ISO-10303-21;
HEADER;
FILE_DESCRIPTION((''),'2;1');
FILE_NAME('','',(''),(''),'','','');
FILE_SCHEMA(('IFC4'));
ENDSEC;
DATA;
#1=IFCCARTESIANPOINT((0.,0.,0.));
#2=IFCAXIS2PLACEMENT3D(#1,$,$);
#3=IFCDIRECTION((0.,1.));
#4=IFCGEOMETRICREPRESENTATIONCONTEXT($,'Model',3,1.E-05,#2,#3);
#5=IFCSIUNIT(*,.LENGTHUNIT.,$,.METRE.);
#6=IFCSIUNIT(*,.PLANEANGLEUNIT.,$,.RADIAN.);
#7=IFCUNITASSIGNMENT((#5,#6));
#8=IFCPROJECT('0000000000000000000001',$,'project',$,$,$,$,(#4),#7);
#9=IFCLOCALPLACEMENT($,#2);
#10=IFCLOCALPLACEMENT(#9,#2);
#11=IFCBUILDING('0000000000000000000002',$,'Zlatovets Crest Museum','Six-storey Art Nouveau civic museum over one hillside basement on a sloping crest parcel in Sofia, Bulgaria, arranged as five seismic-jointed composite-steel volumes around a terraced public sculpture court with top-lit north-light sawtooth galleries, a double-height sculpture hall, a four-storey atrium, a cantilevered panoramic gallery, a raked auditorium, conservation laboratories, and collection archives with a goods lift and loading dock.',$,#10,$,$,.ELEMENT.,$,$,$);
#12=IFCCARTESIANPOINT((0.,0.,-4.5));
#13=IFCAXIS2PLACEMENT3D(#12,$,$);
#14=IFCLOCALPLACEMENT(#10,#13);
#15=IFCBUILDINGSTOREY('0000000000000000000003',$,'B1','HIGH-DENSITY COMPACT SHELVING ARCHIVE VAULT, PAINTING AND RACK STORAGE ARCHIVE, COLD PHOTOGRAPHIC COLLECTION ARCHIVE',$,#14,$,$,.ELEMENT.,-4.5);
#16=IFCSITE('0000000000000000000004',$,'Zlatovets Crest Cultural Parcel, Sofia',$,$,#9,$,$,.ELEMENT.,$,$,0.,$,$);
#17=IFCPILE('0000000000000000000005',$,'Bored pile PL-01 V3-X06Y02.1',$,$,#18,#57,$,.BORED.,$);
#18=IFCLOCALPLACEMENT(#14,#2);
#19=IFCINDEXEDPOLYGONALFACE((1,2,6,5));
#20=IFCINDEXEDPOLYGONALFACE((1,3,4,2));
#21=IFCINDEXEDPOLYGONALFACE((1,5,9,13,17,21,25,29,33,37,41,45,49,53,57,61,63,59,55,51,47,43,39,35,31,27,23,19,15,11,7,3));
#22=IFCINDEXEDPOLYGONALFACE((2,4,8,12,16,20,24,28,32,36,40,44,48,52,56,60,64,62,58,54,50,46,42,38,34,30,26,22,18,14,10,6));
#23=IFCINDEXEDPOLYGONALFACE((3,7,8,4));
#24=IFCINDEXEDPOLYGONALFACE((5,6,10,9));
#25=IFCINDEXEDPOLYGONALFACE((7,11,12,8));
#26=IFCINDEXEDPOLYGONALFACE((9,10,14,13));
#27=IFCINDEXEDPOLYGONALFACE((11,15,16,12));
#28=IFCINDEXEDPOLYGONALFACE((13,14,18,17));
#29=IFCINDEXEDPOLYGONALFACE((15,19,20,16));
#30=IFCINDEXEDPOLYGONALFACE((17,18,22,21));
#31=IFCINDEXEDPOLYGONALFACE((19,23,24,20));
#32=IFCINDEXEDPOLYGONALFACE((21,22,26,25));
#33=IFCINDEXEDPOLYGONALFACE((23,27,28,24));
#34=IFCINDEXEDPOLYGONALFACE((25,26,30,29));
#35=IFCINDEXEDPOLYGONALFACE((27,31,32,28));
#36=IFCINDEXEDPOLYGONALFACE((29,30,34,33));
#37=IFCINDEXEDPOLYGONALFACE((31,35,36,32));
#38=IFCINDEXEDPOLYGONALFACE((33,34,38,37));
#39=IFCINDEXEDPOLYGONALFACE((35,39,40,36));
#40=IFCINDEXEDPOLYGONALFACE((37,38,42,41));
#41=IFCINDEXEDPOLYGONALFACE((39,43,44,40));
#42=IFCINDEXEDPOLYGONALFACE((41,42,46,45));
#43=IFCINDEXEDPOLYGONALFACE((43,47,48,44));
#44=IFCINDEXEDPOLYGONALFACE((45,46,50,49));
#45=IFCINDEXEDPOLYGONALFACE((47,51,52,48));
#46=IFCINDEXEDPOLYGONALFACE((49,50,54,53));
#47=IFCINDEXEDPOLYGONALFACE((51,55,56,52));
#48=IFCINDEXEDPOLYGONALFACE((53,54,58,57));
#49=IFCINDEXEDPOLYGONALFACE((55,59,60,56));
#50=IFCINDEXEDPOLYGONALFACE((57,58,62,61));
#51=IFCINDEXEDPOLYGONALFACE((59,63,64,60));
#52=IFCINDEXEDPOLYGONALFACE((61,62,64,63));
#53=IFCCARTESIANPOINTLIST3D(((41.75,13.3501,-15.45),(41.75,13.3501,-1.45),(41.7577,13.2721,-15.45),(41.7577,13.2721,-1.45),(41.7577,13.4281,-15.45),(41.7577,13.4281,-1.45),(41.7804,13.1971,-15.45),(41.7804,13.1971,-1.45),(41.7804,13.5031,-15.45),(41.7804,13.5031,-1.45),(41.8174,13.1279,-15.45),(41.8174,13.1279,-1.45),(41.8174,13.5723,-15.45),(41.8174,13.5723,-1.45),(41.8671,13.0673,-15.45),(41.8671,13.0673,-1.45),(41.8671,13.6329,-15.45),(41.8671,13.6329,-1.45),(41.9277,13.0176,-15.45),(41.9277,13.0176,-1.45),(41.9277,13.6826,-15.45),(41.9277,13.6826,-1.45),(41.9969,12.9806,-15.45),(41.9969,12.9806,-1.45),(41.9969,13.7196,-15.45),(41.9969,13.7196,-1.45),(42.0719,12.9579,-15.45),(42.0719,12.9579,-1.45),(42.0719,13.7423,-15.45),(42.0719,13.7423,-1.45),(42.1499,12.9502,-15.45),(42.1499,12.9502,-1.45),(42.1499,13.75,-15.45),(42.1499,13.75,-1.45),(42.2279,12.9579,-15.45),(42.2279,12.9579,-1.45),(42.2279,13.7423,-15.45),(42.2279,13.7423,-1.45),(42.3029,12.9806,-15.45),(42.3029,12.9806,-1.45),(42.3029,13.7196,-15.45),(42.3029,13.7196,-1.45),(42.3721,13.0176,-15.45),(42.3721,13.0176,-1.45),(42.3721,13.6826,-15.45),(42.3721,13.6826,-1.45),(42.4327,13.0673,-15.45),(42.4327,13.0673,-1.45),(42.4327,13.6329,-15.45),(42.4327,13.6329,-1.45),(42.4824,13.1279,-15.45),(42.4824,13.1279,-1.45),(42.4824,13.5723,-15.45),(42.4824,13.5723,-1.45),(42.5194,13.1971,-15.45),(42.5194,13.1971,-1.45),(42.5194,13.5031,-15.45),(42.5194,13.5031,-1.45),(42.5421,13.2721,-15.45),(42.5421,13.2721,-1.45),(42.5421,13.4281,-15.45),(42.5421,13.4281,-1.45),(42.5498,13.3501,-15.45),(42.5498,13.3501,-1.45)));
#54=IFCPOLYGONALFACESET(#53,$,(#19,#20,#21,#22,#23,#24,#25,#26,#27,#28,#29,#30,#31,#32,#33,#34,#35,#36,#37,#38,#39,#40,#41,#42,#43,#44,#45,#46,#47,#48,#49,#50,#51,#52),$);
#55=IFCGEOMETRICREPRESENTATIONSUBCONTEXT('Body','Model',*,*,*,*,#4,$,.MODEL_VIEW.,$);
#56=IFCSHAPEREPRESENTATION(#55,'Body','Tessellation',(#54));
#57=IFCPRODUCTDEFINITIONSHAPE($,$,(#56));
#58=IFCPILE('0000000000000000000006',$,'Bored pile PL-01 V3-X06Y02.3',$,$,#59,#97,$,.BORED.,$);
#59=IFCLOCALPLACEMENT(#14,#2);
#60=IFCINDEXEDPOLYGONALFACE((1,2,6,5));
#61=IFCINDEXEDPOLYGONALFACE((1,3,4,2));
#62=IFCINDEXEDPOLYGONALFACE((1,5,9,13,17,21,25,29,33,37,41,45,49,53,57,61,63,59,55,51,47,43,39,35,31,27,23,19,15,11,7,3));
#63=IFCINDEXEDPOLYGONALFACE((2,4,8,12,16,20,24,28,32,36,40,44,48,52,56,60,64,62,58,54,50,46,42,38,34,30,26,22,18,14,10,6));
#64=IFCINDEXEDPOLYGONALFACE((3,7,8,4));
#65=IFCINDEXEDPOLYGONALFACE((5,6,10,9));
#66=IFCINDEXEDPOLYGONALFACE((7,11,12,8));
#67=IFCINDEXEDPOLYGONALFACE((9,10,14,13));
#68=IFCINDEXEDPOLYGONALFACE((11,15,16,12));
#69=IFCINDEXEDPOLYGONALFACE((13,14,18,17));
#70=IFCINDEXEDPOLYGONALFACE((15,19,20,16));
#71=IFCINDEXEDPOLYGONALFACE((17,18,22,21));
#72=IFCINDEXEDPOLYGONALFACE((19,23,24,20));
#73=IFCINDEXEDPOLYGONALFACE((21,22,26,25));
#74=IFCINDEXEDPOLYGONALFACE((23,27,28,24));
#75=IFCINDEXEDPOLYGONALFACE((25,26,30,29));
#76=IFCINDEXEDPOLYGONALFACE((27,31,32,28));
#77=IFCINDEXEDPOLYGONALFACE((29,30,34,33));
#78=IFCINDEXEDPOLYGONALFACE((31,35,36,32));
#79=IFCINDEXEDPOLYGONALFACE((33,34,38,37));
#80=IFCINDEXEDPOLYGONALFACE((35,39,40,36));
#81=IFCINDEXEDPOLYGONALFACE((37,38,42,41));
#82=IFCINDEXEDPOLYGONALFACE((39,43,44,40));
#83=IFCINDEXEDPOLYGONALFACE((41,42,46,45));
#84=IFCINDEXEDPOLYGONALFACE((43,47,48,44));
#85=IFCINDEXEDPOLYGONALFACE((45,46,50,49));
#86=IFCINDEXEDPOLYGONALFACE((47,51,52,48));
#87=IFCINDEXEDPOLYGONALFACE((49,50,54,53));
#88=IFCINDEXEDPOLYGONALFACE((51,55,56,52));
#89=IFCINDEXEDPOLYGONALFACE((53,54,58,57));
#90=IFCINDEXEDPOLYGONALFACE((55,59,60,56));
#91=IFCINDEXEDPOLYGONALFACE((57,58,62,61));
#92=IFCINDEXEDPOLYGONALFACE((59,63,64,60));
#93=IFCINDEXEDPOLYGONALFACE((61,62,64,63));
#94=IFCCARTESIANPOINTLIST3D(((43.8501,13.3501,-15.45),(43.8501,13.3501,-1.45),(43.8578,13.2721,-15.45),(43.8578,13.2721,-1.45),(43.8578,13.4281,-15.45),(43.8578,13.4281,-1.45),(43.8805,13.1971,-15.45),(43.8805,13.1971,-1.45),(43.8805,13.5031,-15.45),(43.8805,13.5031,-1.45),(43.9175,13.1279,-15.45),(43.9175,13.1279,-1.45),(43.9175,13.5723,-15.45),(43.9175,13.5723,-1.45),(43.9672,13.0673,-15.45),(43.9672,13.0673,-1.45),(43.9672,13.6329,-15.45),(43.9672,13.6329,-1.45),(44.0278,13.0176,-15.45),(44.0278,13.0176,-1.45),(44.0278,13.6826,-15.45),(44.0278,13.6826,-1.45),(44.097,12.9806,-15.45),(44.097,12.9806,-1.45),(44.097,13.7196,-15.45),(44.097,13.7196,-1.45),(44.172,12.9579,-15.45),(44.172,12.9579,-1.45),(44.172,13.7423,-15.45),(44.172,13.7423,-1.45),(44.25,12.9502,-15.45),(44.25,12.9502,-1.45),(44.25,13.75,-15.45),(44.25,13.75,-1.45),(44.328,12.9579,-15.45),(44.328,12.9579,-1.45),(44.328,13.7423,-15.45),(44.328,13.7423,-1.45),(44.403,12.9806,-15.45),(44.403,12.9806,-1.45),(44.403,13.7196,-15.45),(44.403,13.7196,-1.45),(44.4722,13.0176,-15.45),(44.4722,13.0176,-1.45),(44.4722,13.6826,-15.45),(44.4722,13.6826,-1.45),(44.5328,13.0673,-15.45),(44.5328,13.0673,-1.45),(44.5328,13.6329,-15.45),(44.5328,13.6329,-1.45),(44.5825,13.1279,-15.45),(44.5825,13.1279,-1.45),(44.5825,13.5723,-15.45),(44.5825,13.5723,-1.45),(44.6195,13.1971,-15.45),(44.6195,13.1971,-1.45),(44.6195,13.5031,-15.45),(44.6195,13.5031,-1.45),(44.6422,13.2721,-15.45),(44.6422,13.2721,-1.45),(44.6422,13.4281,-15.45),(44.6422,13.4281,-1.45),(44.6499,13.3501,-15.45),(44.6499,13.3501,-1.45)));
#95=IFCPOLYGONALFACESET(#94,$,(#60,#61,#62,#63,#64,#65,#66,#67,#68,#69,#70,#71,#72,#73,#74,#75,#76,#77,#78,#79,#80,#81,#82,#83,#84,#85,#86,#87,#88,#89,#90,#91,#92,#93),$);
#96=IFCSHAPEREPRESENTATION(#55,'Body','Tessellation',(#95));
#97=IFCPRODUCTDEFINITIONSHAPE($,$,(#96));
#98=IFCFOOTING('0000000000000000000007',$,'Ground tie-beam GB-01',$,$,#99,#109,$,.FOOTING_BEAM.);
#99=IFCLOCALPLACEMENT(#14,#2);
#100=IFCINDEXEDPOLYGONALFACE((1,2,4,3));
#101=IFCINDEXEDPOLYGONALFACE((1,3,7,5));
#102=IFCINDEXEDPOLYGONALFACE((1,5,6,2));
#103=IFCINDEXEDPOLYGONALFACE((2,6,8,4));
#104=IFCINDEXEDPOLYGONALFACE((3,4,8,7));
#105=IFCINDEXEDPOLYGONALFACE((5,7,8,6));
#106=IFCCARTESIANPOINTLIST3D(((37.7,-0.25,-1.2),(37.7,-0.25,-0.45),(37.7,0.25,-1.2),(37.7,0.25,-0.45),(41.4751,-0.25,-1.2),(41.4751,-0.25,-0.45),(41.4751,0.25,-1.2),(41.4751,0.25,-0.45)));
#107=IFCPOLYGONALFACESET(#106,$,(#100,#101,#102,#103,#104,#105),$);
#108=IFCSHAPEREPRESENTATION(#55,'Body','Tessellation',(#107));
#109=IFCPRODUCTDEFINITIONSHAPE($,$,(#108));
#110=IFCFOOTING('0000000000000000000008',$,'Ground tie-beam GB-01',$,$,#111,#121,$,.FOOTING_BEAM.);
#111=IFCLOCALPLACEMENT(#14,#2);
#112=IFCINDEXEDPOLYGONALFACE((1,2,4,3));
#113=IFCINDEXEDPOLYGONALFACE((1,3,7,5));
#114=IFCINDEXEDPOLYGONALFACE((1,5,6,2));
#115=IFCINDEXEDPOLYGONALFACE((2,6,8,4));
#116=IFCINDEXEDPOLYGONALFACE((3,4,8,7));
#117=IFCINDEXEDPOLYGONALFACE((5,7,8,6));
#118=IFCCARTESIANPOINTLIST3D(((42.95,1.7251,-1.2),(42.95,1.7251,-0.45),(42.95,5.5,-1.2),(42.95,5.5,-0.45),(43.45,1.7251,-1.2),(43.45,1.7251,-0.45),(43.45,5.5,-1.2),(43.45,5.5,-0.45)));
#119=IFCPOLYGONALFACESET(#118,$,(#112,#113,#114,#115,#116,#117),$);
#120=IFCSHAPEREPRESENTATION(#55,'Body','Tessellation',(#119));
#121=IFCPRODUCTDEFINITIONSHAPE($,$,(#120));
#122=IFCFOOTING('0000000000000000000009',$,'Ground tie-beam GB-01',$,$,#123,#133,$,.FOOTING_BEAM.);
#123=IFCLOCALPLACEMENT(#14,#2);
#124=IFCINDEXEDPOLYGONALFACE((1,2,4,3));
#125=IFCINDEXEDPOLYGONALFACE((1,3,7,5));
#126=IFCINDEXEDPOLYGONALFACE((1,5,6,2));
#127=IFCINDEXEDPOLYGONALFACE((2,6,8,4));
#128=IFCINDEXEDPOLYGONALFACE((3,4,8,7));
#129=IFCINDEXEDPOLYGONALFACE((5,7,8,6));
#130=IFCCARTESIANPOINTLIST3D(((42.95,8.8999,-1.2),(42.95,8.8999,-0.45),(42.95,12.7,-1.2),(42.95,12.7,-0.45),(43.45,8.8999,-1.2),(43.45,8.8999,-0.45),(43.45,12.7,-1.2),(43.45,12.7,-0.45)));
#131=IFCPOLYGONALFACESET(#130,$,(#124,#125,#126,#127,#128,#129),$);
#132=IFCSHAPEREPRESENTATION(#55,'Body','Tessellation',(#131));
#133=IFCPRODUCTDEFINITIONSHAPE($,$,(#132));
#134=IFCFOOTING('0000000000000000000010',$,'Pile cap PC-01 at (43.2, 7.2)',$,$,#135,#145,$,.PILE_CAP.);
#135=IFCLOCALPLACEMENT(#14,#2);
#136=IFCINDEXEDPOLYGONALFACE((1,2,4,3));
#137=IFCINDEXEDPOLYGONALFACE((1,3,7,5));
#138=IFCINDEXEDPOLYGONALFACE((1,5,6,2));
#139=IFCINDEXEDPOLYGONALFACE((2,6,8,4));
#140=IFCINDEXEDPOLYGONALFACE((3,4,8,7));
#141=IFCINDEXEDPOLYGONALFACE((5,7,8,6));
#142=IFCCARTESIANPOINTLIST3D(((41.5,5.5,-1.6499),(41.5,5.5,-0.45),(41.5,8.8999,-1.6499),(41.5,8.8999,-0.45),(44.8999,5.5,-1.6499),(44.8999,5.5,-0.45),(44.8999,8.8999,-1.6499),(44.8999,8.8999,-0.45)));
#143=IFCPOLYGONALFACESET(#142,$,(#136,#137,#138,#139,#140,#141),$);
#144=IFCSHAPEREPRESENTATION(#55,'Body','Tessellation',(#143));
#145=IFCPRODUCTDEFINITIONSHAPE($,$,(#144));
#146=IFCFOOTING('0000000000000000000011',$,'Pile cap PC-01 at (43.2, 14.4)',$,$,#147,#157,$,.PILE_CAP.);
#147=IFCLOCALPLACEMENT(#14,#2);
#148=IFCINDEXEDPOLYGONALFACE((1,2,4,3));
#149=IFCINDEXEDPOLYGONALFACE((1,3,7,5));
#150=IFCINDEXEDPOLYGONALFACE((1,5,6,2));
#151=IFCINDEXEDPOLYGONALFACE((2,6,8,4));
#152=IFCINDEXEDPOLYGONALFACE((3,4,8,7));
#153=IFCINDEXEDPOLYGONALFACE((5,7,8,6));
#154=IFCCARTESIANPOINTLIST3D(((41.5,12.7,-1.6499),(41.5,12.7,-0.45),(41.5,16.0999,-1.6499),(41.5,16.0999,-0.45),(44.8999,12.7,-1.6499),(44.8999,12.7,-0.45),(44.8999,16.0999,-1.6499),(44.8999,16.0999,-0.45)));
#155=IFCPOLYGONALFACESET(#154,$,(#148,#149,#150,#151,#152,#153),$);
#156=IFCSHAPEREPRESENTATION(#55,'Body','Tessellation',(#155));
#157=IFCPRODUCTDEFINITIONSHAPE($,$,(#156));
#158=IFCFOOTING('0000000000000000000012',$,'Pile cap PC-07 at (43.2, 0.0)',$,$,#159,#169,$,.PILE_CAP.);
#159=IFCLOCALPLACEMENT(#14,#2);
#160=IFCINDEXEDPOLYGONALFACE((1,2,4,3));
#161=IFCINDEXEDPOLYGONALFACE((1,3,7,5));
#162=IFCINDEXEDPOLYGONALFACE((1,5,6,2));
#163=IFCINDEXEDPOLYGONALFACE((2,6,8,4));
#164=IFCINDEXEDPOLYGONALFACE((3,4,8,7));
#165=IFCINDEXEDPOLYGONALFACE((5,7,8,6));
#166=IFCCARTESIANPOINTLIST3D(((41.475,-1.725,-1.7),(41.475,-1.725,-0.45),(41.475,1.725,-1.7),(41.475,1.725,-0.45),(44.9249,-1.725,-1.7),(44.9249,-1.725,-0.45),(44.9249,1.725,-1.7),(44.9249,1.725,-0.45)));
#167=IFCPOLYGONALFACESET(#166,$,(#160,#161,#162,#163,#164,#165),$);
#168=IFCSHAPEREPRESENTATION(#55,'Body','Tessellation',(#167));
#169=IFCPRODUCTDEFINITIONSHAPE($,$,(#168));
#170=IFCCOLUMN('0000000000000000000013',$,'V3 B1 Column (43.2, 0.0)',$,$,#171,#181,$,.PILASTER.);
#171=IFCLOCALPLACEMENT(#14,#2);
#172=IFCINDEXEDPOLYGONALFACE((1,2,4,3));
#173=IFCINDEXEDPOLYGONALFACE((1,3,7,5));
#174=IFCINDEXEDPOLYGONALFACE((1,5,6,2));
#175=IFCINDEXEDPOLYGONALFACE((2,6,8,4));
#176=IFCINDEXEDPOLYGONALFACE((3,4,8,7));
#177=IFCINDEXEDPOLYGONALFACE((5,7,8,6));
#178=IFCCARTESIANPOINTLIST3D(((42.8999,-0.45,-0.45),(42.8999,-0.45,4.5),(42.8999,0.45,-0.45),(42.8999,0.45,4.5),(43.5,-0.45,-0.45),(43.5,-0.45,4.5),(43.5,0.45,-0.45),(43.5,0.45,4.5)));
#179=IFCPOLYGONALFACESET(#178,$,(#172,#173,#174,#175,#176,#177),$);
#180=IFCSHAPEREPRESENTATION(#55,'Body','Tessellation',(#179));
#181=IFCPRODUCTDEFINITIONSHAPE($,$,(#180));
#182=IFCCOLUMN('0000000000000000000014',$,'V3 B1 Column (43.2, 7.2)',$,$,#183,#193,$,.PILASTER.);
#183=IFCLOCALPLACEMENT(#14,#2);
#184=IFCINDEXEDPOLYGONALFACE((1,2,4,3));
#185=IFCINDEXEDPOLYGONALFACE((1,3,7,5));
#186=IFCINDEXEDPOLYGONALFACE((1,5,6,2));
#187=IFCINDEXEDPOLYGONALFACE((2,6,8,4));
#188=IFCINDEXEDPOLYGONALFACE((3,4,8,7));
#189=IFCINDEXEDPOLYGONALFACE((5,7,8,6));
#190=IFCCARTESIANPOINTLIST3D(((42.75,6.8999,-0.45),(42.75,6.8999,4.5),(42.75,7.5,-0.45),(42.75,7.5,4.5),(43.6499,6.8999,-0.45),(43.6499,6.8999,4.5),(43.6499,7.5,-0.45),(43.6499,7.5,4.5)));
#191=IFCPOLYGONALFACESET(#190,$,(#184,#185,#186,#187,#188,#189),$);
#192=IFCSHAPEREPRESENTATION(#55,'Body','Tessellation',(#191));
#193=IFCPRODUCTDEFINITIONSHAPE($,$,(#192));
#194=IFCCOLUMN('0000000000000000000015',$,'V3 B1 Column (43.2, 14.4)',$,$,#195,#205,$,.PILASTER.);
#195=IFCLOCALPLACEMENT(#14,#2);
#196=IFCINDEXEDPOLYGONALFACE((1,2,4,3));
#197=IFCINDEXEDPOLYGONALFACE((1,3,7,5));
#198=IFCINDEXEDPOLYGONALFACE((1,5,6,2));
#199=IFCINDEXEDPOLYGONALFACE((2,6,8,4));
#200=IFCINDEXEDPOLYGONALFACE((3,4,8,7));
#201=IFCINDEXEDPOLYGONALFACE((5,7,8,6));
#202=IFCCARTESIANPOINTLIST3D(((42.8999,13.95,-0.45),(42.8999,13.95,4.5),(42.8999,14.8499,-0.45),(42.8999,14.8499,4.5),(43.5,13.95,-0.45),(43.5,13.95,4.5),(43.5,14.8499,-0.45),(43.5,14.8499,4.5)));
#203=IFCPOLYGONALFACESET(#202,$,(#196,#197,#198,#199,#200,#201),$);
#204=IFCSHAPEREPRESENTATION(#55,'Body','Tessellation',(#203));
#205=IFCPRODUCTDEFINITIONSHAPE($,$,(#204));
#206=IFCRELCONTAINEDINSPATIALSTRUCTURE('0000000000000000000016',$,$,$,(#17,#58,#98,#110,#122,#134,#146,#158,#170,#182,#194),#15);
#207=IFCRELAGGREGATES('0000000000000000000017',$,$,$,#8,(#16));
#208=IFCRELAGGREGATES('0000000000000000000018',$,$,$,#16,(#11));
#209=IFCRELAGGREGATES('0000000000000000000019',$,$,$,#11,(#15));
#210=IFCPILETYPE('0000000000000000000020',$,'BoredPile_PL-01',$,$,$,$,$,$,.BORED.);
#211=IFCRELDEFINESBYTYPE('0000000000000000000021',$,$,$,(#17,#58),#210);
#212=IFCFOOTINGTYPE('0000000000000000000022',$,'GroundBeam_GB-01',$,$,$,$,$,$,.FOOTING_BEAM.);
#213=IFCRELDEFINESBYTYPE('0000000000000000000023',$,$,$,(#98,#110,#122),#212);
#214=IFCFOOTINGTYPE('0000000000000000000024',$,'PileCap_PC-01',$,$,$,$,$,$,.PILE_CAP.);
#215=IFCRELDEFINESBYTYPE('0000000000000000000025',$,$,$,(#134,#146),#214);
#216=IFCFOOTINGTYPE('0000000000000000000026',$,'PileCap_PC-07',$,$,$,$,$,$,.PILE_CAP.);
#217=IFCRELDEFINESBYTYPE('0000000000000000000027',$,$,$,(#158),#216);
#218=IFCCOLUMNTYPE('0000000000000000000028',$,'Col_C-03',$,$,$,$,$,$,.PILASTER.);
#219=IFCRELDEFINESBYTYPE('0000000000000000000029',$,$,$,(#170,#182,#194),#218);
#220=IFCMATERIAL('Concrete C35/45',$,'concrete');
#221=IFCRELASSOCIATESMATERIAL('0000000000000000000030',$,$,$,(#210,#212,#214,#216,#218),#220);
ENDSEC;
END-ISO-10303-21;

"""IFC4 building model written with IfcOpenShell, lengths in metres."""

from ifc_helpers import new_model, si_unit, direction, frame, origin, origin_2d, place, context, subcontext, project, spatial, rectangle, circle, extrude, material, material_profile, profile_set, type_object, element, save


model = new_model("IFC4")

# Units and contexts
model_context = context("Model", 3, precision=1e-05, world=origin(), true_north=direction((0.0, 1.0)))
body_context = subcontext(model_context, "Body", "Model", "MODEL_VIEW")
ifc_project = project(units=[si_unit("LENGTHUNIT", "METRE"), si_unit("PLANEANGLEUNIT", "RADIAN")], contexts=[model_context])

# Site, building, storey
site_placement = place(None, origin())
site = spatial("IfcSite", under=ifc_project, at=site_placement, Name="Zlatovets Crest Cultural Parcel, Sofia", CompositionType="ELEMENT", RefElevation=0.0)
building_placement = place(site_placement, origin())
building = spatial("IfcBuilding", under=site, at=building_placement, Name="Zlatovets Crest Museum", Description="Six-storey Art Nouveau civic museum over one hillside basement on a sloping crest parcel in Sofia, Bulgaria, arranged as five seismic-jointed composite-steel volumes around a terraced public sculpture court with top-lit north-light sawtooth galleries, a double-height sculpture hall, a four-storey atrium, a cantilevered panoramic gallery, a raked auditorium, conservation laboratories, and collection archives with a goods lift and loading dock.", CompositionType="ELEMENT")
storey_placement = place(building_placement, frame((0.0, 0.0, -4.5)))
storey = spatial("IfcBuildingStorey", under=building, at=storey_placement, Name="B1", Description="HIGH-DENSITY COMPACT SHELVING ARCHIVE VAULT, PAINTING AND RACK STORAGE ARCHIVE, COLD PHOTOGRAPHIC COLLECTION ARCHIVE", CompositionType="ELEMENT", Elevation=-4.5)

# Piles
ifc_material_1 = material(Name="Concrete C35/45", Category="concrete")
ifc_material_profile_1 = material_profile(ifc_material_1, circle(Radius=0.3999, at=origin_2d()), Name="PILE D800")
ifc_profile_set_1 = profile_set([ifc_material_profile_1], Name="Concrete C35/45")
pile_type = type_object("IfcPileType", Name="BoredPile_PL-01", PredefinedType="BORED", material=ifc_profile_set_1)
for number, where, z_axis, x_axis, name in (
    (1, (42.1499, 13.3501, -1.45), (0.0, 0.0, -1.0), (1.0, 0.0, 0.0), "Bored pile PL-01 V3-X06Y02.1"),
    (2, (44.25, 13.3501, -1.45), (0.0, 0.0, -1.0), (1.0, 0.0, 0.0), "Bored pile PL-01 V3-X06Y02.3"),
):
    element("IfcPile", number, at=place(storey_placement, frame(where, z_axis=z_axis, x_axis=x_axis)), inside=storey, type_object=pile_type, Name=name, PredefinedType="BORED", context=body_context, shape_type="SweptSolid", body=[
        extrude(circle(Radius=0.3999, at=origin_2d()), origin(), (0.0, 0.0, 1.0), 14.0),
    ])

# Footings
ifc_material_profile_2 = material_profile(ifc_material_1, rectangle(XDim=0.5, YDim=0.75, at=origin_2d()), Name="RC 500x750")
ifc_profile_set_2 = profile_set([ifc_material_profile_2], Name="Concrete C35/45")
footing_type_1 = type_object("IfcFootingType", Name="GroundBeam_GB-01", PredefinedType="FOOTING_BEAM", material=ifc_profile_set_2)
footing_1_placement = place(storey_placement, frame((37.7, 0.0, -0.825), z_axis=(1.0, 0.0, 0.0), x_axis=(0.0, 1.0, 0.0)))
element("IfcFooting", 3, at=footing_1_placement, inside=storey, type_object=footing_type_1, Name="Ground tie-beam GB-01", PredefinedType="FOOTING_BEAM", context=body_context, shape_type="SweptSolid", body=[
    extrude(rectangle(XDim=0.5, YDim=0.75, at=origin_2d()), origin(), (0.0, 0.0, 1.0), 3.7751),
])
footing_2_placement = place(storey_placement, frame((43.2, 1.7251, -0.825), z_axis=(0.0, 1.0, 0.0), x_axis=(-1.0, 0.0, 0.0)))
element("IfcFooting", 4, at=footing_2_placement, inside=storey, type_object=footing_type_1, Name="Ground tie-beam GB-01", PredefinedType="FOOTING_BEAM", context=body_context, shape_type="SweptSolid", body=[
    extrude(rectangle(XDim=0.5, YDim=0.75, at=origin_2d()), origin(), (0.0, 0.0, 1.0), 3.7749),
])
footing_3_placement = place(storey_placement, frame((43.2, 8.8999, -0.825), z_axis=(0.0, 1.0, 0.0), x_axis=(-1.0, 0.0, 0.0)))
element("IfcFooting", 5, at=footing_3_placement, inside=storey, type_object=footing_type_1, Name="Ground tie-beam GB-01", PredefinedType="FOOTING_BEAM", context=body_context, shape_type="SweptSolid", body=[
    extrude(rectangle(XDim=0.5, YDim=0.75, at=origin_2d()), origin(), (0.0, 0.0, 1.0), 3.8),
])
footing_type_2 = type_object("IfcFootingType", Name="PileCap_PC-01", PredefinedType="PILE_CAP", material=ifc_material_1)
for number, where, z_axis, x_axis, name in (
    (6, (43.2, 7.2, -1.6499), (0.0, 0.0, 1.0), (1.0, 0.0, 0.0), "Pile cap PC-01 at (43.2, 7.2)"),
    (7, (43.2, 14.3999, -1.6499), (0.0, 0.0, 1.0), (1.0, 0.0, 0.0), "Pile cap PC-01 at (43.2, 14.4)"),
):
    element("IfcFooting", number, at=place(storey_placement, frame(where, z_axis=z_axis, x_axis=x_axis)), inside=storey, type_object=footing_type_2, Name=name, PredefinedType="PILE_CAP", context=body_context, shape_type="SweptSolid", body=[
        extrude(rectangle(XDim=3.3999, YDim=3.3999, at=origin_2d()), origin(), (0.0, 0.0, 1.0), 1.2),
    ])
footing_type_3 = type_object("IfcFootingType", Name="PileCap_PC-07", PredefinedType="PILE_CAP", material=ifc_material_1)
footing_4_placement = place(storey_placement, frame((43.2, 0.0, -1.7), z_axis=(0.0, 0.0, 1.0), x_axis=(1.0, 0.0, 0.0)))
element("IfcFooting", 8, at=footing_4_placement, inside=storey, type_object=footing_type_3, Name="Pile cap PC-07 at (43.2, 0.0)", PredefinedType="PILE_CAP", context=body_context, shape_type="SweptSolid", body=[
    extrude(rectangle(XDim=3.45, YDim=3.45, at=origin_2d()), origin(), (0.0, 0.0, 1.0), 1.25),
])

# Columns
ifc_material_profile_3 = material_profile(ifc_material_1, rectangle(XDim=0.6001, YDim=0.8999, at=origin_2d()), Name="RC 600x900")
ifc_profile_set_3 = profile_set([ifc_material_profile_3], Name="Concrete C35/45")
column_type = type_object("IfcColumnType", Name="Col_C-03", PredefinedType="PILASTER", material=ifc_profile_set_3)
for number, where, z_axis, x_axis, name in (
    (9, (43.2, 0.0, -0.45), (0.0, 0.0, 1.0), (1.0, 0.0, 0.0), "V3 B1 Column (43.2, 0.0)"),
    (10, (43.2, 7.2, -0.45), (0.0, 0.0, 1.0), (0.0, 1.0, 0.0), "V3 B1 Column (43.2, 7.2)"),
    (11, (43.2, 14.3999, -0.45), (0.0, 0.0, 1.0), (1.0, 0.0, 0.0), "V3 B1 Column (43.2, 14.4)"),
):
    element("IfcColumn", number, at=place(storey_placement, frame(where, z_axis=z_axis, x_axis=x_axis)), inside=storey, type_object=column_type, Name=name, PredefinedType="PILASTER", context=body_context, shape_type="SweptSolid", body=[
        extrude(rectangle(XDim=0.6001, YDim=0.8999, at=origin_2d()), origin(), (0.0, 0.0, 1.0), 4.95),
    ])

save(model, "model.ifc")
